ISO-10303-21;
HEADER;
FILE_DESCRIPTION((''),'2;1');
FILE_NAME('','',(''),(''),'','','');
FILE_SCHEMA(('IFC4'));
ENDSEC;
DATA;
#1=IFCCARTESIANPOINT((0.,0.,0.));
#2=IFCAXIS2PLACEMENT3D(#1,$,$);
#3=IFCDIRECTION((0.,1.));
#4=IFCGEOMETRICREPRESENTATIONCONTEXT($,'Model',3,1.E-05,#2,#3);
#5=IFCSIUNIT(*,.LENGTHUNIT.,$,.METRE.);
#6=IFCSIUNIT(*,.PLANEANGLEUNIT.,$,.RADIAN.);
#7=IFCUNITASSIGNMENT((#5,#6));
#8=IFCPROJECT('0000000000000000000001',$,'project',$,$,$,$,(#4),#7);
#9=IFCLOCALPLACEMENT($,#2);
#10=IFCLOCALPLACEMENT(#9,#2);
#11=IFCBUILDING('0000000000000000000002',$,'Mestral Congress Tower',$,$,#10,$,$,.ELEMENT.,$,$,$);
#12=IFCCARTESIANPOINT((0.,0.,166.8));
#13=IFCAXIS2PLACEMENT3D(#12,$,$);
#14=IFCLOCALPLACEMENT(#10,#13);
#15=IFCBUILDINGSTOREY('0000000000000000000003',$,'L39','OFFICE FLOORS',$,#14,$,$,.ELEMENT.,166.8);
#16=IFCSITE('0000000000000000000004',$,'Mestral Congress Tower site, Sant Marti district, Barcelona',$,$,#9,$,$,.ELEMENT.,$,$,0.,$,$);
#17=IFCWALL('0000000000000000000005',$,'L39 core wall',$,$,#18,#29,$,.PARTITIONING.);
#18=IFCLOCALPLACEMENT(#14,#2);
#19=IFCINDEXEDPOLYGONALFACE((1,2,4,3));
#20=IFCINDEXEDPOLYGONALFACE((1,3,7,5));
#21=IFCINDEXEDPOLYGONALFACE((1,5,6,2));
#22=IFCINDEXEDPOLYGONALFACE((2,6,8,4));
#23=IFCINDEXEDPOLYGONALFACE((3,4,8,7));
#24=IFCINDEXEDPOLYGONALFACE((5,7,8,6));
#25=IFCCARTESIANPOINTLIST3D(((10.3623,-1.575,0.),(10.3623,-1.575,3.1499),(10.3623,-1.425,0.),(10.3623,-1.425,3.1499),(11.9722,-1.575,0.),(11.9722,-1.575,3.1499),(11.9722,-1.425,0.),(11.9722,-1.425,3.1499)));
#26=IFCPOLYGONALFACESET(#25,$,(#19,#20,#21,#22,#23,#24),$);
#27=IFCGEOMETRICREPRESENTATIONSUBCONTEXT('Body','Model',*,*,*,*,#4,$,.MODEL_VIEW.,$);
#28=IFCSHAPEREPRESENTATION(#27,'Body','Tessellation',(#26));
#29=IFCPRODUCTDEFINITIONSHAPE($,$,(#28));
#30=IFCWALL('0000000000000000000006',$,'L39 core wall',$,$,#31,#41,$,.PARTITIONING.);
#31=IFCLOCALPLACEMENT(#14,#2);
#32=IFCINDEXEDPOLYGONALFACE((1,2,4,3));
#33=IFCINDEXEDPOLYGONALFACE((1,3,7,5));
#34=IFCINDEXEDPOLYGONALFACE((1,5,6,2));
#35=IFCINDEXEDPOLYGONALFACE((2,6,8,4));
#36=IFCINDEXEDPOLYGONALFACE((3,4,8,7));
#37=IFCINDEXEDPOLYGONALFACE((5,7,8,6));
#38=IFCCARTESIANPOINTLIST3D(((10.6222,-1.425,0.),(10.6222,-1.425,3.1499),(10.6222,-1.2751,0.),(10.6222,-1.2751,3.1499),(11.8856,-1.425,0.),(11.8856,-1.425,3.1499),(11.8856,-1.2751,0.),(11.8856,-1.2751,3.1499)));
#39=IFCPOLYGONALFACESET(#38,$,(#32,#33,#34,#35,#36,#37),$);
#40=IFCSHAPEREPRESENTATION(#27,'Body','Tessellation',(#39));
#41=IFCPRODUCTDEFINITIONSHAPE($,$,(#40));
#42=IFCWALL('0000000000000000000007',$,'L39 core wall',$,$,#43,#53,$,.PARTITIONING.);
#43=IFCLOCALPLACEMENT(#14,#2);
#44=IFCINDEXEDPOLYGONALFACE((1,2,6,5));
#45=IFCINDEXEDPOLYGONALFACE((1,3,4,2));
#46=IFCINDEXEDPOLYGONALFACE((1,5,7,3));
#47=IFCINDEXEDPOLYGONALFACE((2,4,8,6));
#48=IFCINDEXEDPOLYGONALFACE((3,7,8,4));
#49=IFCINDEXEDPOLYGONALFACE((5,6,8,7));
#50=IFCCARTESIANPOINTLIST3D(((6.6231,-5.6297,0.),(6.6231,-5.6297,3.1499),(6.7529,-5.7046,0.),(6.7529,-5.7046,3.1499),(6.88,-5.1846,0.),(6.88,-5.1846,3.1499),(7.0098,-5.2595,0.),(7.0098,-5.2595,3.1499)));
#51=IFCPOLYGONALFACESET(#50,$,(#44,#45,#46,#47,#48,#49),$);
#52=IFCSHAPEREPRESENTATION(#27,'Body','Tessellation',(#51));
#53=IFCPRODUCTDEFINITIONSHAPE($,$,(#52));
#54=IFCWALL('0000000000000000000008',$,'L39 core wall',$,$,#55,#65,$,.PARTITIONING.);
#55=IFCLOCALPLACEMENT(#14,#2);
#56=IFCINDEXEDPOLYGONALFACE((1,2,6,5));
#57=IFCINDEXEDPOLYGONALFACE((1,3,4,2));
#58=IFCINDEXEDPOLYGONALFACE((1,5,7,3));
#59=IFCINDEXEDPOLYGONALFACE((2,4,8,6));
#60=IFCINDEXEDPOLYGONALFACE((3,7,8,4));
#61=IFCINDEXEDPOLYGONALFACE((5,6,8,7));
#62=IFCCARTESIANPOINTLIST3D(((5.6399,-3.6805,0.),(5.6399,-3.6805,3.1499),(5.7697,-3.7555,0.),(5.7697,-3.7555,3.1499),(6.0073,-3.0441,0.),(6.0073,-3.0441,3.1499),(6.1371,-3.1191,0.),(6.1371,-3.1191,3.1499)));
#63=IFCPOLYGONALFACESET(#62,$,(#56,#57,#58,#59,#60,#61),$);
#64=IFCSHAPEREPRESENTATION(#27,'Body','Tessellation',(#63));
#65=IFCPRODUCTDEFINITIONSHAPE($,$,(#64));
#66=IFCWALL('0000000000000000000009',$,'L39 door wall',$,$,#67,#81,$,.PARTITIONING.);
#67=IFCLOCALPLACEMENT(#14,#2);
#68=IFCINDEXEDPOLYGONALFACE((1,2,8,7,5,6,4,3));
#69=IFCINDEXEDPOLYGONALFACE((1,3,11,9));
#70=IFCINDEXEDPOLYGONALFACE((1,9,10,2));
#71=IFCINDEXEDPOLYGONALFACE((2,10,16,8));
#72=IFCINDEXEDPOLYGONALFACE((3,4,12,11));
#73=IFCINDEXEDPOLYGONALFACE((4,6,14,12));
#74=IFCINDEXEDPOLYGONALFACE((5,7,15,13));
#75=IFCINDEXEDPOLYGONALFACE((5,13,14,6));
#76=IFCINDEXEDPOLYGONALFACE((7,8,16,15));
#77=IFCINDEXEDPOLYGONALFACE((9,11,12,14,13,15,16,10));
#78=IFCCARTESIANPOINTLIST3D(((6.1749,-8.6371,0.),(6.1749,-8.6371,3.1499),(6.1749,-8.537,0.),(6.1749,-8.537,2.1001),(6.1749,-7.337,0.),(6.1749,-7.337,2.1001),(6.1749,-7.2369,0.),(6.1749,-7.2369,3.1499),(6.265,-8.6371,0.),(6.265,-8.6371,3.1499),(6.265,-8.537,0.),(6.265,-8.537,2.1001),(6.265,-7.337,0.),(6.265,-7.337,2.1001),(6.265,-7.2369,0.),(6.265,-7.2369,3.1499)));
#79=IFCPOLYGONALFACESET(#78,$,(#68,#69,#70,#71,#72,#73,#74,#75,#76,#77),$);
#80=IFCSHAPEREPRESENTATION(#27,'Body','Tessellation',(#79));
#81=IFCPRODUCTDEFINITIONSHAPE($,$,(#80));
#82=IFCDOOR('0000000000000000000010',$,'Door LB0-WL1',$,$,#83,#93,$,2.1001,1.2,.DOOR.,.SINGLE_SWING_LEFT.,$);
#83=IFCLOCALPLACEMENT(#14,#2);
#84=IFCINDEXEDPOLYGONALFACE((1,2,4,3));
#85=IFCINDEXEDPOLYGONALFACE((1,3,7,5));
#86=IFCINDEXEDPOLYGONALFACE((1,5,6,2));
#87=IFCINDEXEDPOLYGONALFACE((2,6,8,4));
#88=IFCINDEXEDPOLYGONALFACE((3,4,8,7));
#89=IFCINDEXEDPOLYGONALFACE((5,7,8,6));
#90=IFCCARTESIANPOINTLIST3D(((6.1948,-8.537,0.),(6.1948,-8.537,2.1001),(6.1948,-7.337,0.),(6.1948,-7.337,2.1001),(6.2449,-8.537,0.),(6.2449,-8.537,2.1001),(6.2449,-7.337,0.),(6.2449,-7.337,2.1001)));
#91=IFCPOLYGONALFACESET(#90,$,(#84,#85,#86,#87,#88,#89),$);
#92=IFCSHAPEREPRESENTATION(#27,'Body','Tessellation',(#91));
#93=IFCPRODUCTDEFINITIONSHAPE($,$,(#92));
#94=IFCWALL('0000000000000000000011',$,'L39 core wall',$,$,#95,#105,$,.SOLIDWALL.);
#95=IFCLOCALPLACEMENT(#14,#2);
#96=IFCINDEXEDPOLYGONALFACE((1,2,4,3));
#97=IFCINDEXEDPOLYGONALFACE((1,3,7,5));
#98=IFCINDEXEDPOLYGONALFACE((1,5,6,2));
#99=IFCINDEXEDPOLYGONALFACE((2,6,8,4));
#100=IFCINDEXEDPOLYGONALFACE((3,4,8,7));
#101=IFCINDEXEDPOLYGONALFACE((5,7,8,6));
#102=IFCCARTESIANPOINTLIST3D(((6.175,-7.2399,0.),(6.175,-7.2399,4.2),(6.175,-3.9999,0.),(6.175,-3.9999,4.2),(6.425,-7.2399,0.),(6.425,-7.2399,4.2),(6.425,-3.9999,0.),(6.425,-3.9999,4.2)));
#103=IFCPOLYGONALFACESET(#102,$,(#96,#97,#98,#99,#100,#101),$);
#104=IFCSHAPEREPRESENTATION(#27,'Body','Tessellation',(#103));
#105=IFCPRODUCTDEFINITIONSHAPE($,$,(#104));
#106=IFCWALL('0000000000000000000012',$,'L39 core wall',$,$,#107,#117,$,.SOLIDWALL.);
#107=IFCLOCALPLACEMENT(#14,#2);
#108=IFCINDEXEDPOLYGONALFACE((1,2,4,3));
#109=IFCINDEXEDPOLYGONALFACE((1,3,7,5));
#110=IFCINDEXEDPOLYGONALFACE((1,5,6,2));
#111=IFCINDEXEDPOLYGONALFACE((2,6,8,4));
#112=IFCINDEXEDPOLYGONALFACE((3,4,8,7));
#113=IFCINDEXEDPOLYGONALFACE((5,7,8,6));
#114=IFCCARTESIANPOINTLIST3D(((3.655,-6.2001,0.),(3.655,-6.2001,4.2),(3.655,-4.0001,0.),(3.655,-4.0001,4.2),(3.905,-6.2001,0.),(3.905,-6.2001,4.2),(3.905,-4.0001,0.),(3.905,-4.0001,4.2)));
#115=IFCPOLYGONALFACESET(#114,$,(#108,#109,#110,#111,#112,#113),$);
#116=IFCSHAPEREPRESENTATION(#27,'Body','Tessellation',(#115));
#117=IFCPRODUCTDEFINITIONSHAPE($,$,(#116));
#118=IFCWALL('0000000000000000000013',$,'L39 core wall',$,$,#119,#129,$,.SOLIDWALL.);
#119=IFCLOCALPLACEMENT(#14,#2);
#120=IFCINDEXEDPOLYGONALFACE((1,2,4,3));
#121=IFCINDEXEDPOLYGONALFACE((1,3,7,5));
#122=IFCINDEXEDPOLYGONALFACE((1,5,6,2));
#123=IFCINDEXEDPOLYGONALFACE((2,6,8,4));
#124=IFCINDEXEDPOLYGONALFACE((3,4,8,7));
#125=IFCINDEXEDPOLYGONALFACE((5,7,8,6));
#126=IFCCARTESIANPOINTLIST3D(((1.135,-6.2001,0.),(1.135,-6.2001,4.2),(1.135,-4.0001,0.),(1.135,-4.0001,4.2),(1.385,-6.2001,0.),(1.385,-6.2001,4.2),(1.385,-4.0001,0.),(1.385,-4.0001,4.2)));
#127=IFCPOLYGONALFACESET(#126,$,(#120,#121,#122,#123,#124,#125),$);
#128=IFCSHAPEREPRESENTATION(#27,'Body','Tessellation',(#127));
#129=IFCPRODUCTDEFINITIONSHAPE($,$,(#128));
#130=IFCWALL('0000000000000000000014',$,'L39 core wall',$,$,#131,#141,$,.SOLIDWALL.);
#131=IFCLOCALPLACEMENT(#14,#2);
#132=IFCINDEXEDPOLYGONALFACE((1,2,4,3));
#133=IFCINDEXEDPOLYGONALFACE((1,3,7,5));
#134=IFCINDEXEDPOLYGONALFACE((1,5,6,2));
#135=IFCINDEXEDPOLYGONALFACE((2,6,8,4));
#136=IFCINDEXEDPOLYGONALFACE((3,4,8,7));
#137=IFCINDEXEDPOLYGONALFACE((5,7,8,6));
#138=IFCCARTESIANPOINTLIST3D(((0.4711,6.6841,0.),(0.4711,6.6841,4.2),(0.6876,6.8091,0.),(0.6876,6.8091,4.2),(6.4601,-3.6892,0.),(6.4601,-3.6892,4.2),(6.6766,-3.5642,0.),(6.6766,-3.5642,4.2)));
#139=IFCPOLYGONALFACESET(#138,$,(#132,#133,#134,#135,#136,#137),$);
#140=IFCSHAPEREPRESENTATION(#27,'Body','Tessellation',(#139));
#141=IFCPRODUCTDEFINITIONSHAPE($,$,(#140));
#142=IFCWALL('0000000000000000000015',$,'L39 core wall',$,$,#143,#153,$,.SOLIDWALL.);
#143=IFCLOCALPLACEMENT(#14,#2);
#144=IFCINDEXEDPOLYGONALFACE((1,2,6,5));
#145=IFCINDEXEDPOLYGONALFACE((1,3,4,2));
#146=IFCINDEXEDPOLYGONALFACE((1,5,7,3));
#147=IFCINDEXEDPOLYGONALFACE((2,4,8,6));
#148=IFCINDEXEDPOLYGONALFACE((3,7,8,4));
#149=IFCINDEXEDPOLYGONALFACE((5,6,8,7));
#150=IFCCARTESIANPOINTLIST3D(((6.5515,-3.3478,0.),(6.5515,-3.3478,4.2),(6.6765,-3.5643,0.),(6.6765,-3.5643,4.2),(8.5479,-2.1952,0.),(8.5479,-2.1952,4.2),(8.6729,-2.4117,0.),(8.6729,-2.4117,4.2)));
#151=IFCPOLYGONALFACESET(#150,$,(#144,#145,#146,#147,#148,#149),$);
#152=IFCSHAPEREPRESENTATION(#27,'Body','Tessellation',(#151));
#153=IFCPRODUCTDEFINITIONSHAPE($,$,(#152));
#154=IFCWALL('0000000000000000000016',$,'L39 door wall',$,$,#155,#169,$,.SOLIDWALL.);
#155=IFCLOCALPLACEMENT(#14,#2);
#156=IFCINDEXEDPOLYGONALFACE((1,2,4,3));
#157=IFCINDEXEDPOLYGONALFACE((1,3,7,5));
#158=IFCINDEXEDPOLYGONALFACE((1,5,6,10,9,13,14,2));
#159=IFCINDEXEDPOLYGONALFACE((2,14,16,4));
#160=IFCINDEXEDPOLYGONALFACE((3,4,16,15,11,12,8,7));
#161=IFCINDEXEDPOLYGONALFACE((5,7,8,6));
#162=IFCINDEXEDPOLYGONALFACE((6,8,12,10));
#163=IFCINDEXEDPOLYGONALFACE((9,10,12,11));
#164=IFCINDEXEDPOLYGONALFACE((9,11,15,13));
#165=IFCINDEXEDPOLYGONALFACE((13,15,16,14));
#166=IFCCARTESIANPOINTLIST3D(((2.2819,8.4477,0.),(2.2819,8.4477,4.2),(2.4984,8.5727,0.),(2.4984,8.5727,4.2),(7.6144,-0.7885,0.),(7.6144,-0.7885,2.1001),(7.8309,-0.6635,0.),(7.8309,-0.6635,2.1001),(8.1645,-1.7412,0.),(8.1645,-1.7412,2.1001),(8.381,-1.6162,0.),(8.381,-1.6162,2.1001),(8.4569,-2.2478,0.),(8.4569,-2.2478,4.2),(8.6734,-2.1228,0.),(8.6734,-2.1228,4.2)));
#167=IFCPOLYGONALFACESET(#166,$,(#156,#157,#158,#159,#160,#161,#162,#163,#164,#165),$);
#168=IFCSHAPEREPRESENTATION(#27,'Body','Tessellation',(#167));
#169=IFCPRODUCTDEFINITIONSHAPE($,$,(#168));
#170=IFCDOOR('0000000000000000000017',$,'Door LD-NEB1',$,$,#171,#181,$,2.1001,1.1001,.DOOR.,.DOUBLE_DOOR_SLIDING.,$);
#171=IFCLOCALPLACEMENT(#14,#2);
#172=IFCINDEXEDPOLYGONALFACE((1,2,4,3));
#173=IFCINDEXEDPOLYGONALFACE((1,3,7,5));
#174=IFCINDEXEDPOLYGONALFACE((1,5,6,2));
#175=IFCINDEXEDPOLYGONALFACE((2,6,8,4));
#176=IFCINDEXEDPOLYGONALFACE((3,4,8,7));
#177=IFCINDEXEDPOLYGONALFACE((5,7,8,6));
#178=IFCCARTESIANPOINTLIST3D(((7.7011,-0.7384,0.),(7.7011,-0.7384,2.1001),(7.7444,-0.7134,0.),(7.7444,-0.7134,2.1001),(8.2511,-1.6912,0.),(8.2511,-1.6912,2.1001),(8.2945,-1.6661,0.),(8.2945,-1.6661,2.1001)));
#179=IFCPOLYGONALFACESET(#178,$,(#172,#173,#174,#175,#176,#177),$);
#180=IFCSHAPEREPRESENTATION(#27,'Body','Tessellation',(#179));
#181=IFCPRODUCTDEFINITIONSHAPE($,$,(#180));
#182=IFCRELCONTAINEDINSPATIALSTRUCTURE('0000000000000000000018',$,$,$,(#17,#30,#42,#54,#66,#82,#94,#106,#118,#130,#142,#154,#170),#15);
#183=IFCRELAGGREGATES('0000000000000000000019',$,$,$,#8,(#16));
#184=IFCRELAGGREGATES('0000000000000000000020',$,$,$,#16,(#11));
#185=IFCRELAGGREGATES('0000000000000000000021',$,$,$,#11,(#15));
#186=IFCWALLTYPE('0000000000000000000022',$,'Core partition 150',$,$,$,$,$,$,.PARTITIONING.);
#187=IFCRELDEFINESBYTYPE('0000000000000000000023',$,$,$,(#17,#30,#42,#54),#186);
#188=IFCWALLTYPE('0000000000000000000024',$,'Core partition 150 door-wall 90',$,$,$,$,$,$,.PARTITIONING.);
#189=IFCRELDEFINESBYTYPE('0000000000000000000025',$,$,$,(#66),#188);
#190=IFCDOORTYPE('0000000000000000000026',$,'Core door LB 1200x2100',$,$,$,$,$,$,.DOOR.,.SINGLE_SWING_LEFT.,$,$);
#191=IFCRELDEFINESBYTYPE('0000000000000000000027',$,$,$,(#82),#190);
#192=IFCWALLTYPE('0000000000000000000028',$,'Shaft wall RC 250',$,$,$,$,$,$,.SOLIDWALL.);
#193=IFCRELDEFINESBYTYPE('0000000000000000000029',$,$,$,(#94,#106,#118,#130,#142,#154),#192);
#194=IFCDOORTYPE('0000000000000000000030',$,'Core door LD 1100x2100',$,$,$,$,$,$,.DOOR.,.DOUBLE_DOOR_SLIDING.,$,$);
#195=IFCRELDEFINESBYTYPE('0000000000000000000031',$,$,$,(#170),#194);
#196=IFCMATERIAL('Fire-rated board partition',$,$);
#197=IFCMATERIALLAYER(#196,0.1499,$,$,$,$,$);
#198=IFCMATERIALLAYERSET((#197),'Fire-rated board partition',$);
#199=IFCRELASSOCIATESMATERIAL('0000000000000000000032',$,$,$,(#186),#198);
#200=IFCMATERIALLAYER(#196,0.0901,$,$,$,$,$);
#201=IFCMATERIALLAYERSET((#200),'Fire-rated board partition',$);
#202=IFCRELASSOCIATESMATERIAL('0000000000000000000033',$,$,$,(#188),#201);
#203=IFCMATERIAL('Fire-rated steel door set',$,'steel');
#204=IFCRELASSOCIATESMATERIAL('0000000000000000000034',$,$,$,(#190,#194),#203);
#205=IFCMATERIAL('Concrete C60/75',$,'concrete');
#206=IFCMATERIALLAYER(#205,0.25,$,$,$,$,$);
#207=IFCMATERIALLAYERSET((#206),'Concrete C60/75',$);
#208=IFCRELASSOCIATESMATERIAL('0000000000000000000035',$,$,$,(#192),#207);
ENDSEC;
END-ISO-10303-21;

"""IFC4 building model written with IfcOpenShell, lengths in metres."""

from ifc_helpers import new_model, si_unit, direction, frame, frame_2d, origin, place, context, subcontext, project, spatial, rectangle, extrude, material, layer, layer_set, type_object, element, fill, save


model = new_model("IFC4")

# Units and contexts
model_context = context("Model", 3, precision=1e-05, world=origin(), true_north=direction((0.0, 1.0)))
body_context = subcontext(model_context, "Body", "Model", "MODEL_VIEW")
ifc_project = project(units=[si_unit("LENGTHUNIT", "METRE"), si_unit("PLANEANGLEUNIT", "RADIAN")], contexts=[model_context])

# Site, building, storey
site_placement = place(None, origin())
site = spatial("IfcSite", under=ifc_project, at=site_placement, Name="Mestral Congress Tower site, Sant Marti district, Barcelona", CompositionType="ELEMENT", RefElevation=0.0)
building_placement = place(site_placement, origin())
building = spatial("IfcBuilding", under=site, at=building_placement, Name="Mestral Congress Tower", CompositionType="ELEMENT")
storey_placement = place(building_placement, frame((0.0, 0.0, 166.8)))
storey = spatial("IfcBuildingStorey", under=building, at=storey_placement, Name="L39", Description="OFFICE FLOORS", CompositionType="ELEMENT", Elevation=166.8)

# Walls
ifc_material_1 = material(Name="Fire-rated board partition")
ifc_layer_1 = layer(ifc_material_1, 0.1499)
ifc_layer_set_1 = layer_set([ifc_layer_1], Name="Fire-rated board partition")
wall_type_1 = type_object("IfcWallType", Name="Core partition 150", PredefinedType="PARTITIONING", material=ifc_layer_set_1)
wall_1_placement = place(storey_placement, frame((10.3623, -1.5, 0.0), z_axis=(0.0, 0.0, 1.0), x_axis=(1.0, 0.0, 0.0)))
element("IfcWall", 1, at=wall_1_placement, inside=storey, type_object=wall_type_1, Name="L39 core wall", PredefinedType="PARTITIONING", context=body_context, shape_type="SweptSolid", body=[
    extrude(rectangle(XDim=1.6099, YDim=0.1499, at=frame_2d((0.8049, 0.0))), origin(), (0.0, 0.0, 1.0), 3.1499),
])
wall_2_placement = place(storey_placement, frame((10.6221, -1.3501, 0.0), z_axis=(0.0, 0.0, 1.0), x_axis=(1.0, 0.0, 0.0)))
element("IfcWall", 2, at=wall_2_placement, inside=storey, type_object=wall_type_1, Name="L39 core wall", PredefinedType="PARTITIONING", context=body_context, shape_type="SweptSolid", body=[
    extrude(rectangle(XDim=1.2634, YDim=0.1499, at=frame_2d((0.6318, 0.0))), origin(), (0.0, 0.0, 1.0), 3.1499),
])
wall_3_placement = place(storey_placement, frame((6.9448, -5.2222, 0.0), z_axis=(0.0, 0.0, 1.0), x_axis=(-0.499818, -0.86613, 0.0)))
element("IfcWall", 3, at=wall_3_placement, inside=storey, type_object=wall_type_1, Name="L39 core wall", PredefinedType="PARTITIONING", context=body_context, shape_type="SweptSolid", body=[
    extrude(rectangle(XDim=0.5139, YDim=0.1499, at=frame_2d((0.2568, 0.0))), origin(), (0.0, 0.0, 1.0), 3.1499),
])
wall_4_placement = place(storey_placement, frame((5.7048, -3.718, 0.0), z_axis=(0.0, 0.0, 1.0), x_axis=(0.499962, 0.866047, 0.0)))
element("IfcWall", 4, at=wall_4_placement, inside=storey, type_object=wall_type_1, Name="L39 core wall", PredefinedType="PARTITIONING", context=body_context, shape_type="SweptSolid", body=[
    extrude(rectangle(XDim=0.7349, YDim=0.1499, at=frame_2d((0.3674, 0.0))), origin(), (0.0, 0.0, 1.0), 3.1499),
])

# Wall, opening, door
ifc_layer_2 = layer(ifc_material_1, 0.0901)
ifc_layer_set_2 = layer_set([ifc_layer_2], Name="Fire-rated board partition")
wall_type_2 = type_object("IfcWallType", Name="Core partition 150 door-wall 90", PredefinedType="PARTITIONING", material=ifc_layer_set_2)
wall_5_placement = place(storey_placement, frame((6.22, -7.2368, 0.0), z_axis=(0.0, 0.0, 1.0), x_axis=(0.0, -1.0, 0.0)))
wall_5 = element("IfcWall", 5, at=wall_5_placement, inside=storey, type_object=wall_type_2, Name="L39 door wall", PredefinedType="PARTITIONING", context=body_context, shape_type="SweptSolid", body=[
    extrude(rectangle(XDim=1.4001, YDim=0.0901, at=frame_2d((0.7002, 0.0))), origin(), (0.0, 0.0, 1.0), 3.1499),
])
opening_1_placement = place(wall_5_placement, frame((0.1001, 0.0, 0.0)))
opening_1 = element("IfcOpeningElement", 6, at=opening_1_placement, cuts=wall_5, PredefinedType="OPENING", context=body_context, shape_type="SweptSolid", body=[
    extrude(rectangle(XDim=1.2, YDim=2.1001, at=frame_2d((0.6001, 1.05))), frame((0.0, 0.0549, 0.0), z_axis=(0.0, -1.0, 0.0), x_axis=(1.0, 0.0, 0.0)), (0.0, 0.0, 1.0), 0.1101),
])
ifc_material_2 = material(Name="Fire-rated steel door set", Category="steel")
door_type_1 = type_object("IfcDoorType", Name="Core door LB 1200x2100", OperationType="SINGLE_SWING_LEFT", PredefinedType="DOOR", material=ifc_material_2)
door_1_placement = place(opening_1_placement, origin())
door_1 = element("IfcDoor", 7, at=door_1_placement, inside=storey, type_object=door_type_1, Name="Door LB0-WL1", OperationType="SINGLE_SWING_LEFT", OverallHeight=2.1001, OverallWidth=1.2, PredefinedType="DOOR", context=body_context, shape_type="SweptSolid", body=[
    extrude(rectangle(XDim=1.2, YDim=2.1001, at=frame_2d((0.6001, 1.05))), frame((0.0, 0.0249, 0.0), z_axis=(0.0, -1.0, 0.0), x_axis=(1.0, 0.0, 0.0)), (0.0, 0.0, 1.0), 0.05),
])
fill(opening_1, door_1)

# Walls
ifc_material_3 = material(Name="Concrete C60/75", Category="concrete")
ifc_layer_3 = layer(ifc_material_3, 0.25)
ifc_layer_set_3 = layer_set([ifc_layer_3], Name="Concrete C60/75")
wall_type_3 = type_object("IfcWallType", Name="Shaft wall RC 250", PredefinedType="SOLIDWALL", material=ifc_layer_set_3)
wall_6_placement = place(storey_placement, frame((6.3, -7.24, 0.0), z_axis=(0.0, 0.0, 1.0), x_axis=(0.0, 1.0, 0.0)))
element("IfcWall", 8, at=wall_6_placement, inside=storey, type_object=wall_type_3, Name="L39 core wall", PredefinedType="SOLIDWALL", context=body_context, shape_type="SweptSolid", body=[
    extrude(rectangle(XDim=3.24, YDim=0.25, at=frame_2d((1.6201, 0.0))), origin(), (0.0, 0.0, 1.0), 4.2),
])
for number, where, z_axis, x_axis, name in (
    (9, (3.78, -4.0, 0.0), (0.0, 0.0, 1.0), (0.0, -1.0, 0.0), "L39 core wall"),
    (10, (1.26, -4.0, 0.0), (0.0, 0.0, 1.0), (0.0, -1.0, 0.0), "L39 core wall"),
):
    element("IfcWall", number, at=place(storey_placement, frame(where, z_axis=z_axis, x_axis=x_axis)), inside=storey, type_object=wall_type_3, Name=name, PredefinedType="SOLIDWALL", context=body_context, shape_type="SweptSolid", body=[
        extrude(rectangle(XDim=2.2, YDim=0.25, at=frame_2d((1.1001, 0.0))), origin(), (0.0, 0.0, 1.0), 4.2),
    ])
wall_7_placement = place(storey_placement, frame((6.5684, -3.6267, 0.0), z_axis=(0.0, 0.0, 1.0), x_axis=(-0.499999, 0.866026, 0.0)))
element("IfcWall", 11, at=wall_7_placement, inside=storey, type_object=wall_type_3, Name="L39 core wall", PredefinedType="SOLIDWALL", context=body_context, shape_type="SweptSolid", body=[
    extrude(rectangle(XDim=11.978, YDim=0.25, at=frame_2d((5.989, 0.0))), origin(), (0.0, 0.0, 1.0), 4.2),
])
wall_8_placement = place(storey_placement, frame((6.614, -3.4561, 0.0), z_axis=(0.0, 0.0, 1.0), x_axis=(0.866025, 0.500001, 0.0)))
element("IfcWall", 12, at=wall_8_placement, inside=storey, type_object=wall_type_3, Name="L39 core wall", PredefinedType="SOLIDWALL", context=body_context, shape_type="SweptSolid", body=[
    extrude(rectangle(XDim=2.3052, YDim=0.25, at=frame_2d((1.1526, 0.0))), origin(), (0.0, 0.0, 1.0), 4.2),
])

# Wall, opening, door
wall_9_placement = place(storey_placement, frame((8.5652, -2.1853, 0.0), z_axis=(0.0, 0.0, 1.0), x_axis=(-0.499998, 0.866027, 0.0)))
wall_9 = element("IfcWall", 13, at=wall_9_placement, inside=storey, type_object=wall_type_3, Name="L39 door wall", PredefinedType="SOLIDWALL", context=body_context, shape_type="SweptSolid", body=[
    extrude(rectangle(XDim=12.3501, YDim=0.25, at=frame_2d((6.175, 0.0))), origin(), (0.0, 0.0, 1.0), 4.2),
])
opening_2_placement = place(wall_9_placement, frame((0.585, 0.0, 0.0)))
opening_2 = element("IfcOpeningElement", 14, at=opening_2_placement, cuts=wall_9, PredefinedType="OPENING", context=body_context, shape_type="SweptSolid", body=[
    extrude(rectangle(XDim=1.1001, YDim=2.1001, at=frame_2d((0.55, 1.05))), frame((0.0, 0.135, 0.0), z_axis=(0.0, -1.0, 0.0), x_axis=(1.0, 0.0, 0.0)), (0.0, 0.0, 1.0), 0.27),
])
door_type_2 = type_object("IfcDoorType", Name="Core door LD 1100x2100", OperationType="DOUBLE_DOOR_SLIDING", PredefinedType="DOOR", material=ifc_material_2)
door_2_placement = place(opening_2_placement, origin())
door_2 = element("IfcDoor", 15, at=door_2_placement, inside=storey, type_object=door_type_2, Name="Door LD-NEB1", OperationType="DOUBLE_DOOR_SLIDING", OverallHeight=2.1001, OverallWidth=1.1001, PredefinedType="DOOR", context=body_context, shape_type="SweptSolid", body=[
    extrude(rectangle(XDim=1.1001, YDim=2.1001, at=frame_2d((0.55, 1.05))), frame((0.0, 0.0249, 0.0), z_axis=(0.0, -1.0, 0.0), x_axis=(1.0, 0.0, 0.0)), (0.0, 0.0, 1.0), 0.05),
])
fill(opening_2, door_2)

save(model, "model.ifc")
